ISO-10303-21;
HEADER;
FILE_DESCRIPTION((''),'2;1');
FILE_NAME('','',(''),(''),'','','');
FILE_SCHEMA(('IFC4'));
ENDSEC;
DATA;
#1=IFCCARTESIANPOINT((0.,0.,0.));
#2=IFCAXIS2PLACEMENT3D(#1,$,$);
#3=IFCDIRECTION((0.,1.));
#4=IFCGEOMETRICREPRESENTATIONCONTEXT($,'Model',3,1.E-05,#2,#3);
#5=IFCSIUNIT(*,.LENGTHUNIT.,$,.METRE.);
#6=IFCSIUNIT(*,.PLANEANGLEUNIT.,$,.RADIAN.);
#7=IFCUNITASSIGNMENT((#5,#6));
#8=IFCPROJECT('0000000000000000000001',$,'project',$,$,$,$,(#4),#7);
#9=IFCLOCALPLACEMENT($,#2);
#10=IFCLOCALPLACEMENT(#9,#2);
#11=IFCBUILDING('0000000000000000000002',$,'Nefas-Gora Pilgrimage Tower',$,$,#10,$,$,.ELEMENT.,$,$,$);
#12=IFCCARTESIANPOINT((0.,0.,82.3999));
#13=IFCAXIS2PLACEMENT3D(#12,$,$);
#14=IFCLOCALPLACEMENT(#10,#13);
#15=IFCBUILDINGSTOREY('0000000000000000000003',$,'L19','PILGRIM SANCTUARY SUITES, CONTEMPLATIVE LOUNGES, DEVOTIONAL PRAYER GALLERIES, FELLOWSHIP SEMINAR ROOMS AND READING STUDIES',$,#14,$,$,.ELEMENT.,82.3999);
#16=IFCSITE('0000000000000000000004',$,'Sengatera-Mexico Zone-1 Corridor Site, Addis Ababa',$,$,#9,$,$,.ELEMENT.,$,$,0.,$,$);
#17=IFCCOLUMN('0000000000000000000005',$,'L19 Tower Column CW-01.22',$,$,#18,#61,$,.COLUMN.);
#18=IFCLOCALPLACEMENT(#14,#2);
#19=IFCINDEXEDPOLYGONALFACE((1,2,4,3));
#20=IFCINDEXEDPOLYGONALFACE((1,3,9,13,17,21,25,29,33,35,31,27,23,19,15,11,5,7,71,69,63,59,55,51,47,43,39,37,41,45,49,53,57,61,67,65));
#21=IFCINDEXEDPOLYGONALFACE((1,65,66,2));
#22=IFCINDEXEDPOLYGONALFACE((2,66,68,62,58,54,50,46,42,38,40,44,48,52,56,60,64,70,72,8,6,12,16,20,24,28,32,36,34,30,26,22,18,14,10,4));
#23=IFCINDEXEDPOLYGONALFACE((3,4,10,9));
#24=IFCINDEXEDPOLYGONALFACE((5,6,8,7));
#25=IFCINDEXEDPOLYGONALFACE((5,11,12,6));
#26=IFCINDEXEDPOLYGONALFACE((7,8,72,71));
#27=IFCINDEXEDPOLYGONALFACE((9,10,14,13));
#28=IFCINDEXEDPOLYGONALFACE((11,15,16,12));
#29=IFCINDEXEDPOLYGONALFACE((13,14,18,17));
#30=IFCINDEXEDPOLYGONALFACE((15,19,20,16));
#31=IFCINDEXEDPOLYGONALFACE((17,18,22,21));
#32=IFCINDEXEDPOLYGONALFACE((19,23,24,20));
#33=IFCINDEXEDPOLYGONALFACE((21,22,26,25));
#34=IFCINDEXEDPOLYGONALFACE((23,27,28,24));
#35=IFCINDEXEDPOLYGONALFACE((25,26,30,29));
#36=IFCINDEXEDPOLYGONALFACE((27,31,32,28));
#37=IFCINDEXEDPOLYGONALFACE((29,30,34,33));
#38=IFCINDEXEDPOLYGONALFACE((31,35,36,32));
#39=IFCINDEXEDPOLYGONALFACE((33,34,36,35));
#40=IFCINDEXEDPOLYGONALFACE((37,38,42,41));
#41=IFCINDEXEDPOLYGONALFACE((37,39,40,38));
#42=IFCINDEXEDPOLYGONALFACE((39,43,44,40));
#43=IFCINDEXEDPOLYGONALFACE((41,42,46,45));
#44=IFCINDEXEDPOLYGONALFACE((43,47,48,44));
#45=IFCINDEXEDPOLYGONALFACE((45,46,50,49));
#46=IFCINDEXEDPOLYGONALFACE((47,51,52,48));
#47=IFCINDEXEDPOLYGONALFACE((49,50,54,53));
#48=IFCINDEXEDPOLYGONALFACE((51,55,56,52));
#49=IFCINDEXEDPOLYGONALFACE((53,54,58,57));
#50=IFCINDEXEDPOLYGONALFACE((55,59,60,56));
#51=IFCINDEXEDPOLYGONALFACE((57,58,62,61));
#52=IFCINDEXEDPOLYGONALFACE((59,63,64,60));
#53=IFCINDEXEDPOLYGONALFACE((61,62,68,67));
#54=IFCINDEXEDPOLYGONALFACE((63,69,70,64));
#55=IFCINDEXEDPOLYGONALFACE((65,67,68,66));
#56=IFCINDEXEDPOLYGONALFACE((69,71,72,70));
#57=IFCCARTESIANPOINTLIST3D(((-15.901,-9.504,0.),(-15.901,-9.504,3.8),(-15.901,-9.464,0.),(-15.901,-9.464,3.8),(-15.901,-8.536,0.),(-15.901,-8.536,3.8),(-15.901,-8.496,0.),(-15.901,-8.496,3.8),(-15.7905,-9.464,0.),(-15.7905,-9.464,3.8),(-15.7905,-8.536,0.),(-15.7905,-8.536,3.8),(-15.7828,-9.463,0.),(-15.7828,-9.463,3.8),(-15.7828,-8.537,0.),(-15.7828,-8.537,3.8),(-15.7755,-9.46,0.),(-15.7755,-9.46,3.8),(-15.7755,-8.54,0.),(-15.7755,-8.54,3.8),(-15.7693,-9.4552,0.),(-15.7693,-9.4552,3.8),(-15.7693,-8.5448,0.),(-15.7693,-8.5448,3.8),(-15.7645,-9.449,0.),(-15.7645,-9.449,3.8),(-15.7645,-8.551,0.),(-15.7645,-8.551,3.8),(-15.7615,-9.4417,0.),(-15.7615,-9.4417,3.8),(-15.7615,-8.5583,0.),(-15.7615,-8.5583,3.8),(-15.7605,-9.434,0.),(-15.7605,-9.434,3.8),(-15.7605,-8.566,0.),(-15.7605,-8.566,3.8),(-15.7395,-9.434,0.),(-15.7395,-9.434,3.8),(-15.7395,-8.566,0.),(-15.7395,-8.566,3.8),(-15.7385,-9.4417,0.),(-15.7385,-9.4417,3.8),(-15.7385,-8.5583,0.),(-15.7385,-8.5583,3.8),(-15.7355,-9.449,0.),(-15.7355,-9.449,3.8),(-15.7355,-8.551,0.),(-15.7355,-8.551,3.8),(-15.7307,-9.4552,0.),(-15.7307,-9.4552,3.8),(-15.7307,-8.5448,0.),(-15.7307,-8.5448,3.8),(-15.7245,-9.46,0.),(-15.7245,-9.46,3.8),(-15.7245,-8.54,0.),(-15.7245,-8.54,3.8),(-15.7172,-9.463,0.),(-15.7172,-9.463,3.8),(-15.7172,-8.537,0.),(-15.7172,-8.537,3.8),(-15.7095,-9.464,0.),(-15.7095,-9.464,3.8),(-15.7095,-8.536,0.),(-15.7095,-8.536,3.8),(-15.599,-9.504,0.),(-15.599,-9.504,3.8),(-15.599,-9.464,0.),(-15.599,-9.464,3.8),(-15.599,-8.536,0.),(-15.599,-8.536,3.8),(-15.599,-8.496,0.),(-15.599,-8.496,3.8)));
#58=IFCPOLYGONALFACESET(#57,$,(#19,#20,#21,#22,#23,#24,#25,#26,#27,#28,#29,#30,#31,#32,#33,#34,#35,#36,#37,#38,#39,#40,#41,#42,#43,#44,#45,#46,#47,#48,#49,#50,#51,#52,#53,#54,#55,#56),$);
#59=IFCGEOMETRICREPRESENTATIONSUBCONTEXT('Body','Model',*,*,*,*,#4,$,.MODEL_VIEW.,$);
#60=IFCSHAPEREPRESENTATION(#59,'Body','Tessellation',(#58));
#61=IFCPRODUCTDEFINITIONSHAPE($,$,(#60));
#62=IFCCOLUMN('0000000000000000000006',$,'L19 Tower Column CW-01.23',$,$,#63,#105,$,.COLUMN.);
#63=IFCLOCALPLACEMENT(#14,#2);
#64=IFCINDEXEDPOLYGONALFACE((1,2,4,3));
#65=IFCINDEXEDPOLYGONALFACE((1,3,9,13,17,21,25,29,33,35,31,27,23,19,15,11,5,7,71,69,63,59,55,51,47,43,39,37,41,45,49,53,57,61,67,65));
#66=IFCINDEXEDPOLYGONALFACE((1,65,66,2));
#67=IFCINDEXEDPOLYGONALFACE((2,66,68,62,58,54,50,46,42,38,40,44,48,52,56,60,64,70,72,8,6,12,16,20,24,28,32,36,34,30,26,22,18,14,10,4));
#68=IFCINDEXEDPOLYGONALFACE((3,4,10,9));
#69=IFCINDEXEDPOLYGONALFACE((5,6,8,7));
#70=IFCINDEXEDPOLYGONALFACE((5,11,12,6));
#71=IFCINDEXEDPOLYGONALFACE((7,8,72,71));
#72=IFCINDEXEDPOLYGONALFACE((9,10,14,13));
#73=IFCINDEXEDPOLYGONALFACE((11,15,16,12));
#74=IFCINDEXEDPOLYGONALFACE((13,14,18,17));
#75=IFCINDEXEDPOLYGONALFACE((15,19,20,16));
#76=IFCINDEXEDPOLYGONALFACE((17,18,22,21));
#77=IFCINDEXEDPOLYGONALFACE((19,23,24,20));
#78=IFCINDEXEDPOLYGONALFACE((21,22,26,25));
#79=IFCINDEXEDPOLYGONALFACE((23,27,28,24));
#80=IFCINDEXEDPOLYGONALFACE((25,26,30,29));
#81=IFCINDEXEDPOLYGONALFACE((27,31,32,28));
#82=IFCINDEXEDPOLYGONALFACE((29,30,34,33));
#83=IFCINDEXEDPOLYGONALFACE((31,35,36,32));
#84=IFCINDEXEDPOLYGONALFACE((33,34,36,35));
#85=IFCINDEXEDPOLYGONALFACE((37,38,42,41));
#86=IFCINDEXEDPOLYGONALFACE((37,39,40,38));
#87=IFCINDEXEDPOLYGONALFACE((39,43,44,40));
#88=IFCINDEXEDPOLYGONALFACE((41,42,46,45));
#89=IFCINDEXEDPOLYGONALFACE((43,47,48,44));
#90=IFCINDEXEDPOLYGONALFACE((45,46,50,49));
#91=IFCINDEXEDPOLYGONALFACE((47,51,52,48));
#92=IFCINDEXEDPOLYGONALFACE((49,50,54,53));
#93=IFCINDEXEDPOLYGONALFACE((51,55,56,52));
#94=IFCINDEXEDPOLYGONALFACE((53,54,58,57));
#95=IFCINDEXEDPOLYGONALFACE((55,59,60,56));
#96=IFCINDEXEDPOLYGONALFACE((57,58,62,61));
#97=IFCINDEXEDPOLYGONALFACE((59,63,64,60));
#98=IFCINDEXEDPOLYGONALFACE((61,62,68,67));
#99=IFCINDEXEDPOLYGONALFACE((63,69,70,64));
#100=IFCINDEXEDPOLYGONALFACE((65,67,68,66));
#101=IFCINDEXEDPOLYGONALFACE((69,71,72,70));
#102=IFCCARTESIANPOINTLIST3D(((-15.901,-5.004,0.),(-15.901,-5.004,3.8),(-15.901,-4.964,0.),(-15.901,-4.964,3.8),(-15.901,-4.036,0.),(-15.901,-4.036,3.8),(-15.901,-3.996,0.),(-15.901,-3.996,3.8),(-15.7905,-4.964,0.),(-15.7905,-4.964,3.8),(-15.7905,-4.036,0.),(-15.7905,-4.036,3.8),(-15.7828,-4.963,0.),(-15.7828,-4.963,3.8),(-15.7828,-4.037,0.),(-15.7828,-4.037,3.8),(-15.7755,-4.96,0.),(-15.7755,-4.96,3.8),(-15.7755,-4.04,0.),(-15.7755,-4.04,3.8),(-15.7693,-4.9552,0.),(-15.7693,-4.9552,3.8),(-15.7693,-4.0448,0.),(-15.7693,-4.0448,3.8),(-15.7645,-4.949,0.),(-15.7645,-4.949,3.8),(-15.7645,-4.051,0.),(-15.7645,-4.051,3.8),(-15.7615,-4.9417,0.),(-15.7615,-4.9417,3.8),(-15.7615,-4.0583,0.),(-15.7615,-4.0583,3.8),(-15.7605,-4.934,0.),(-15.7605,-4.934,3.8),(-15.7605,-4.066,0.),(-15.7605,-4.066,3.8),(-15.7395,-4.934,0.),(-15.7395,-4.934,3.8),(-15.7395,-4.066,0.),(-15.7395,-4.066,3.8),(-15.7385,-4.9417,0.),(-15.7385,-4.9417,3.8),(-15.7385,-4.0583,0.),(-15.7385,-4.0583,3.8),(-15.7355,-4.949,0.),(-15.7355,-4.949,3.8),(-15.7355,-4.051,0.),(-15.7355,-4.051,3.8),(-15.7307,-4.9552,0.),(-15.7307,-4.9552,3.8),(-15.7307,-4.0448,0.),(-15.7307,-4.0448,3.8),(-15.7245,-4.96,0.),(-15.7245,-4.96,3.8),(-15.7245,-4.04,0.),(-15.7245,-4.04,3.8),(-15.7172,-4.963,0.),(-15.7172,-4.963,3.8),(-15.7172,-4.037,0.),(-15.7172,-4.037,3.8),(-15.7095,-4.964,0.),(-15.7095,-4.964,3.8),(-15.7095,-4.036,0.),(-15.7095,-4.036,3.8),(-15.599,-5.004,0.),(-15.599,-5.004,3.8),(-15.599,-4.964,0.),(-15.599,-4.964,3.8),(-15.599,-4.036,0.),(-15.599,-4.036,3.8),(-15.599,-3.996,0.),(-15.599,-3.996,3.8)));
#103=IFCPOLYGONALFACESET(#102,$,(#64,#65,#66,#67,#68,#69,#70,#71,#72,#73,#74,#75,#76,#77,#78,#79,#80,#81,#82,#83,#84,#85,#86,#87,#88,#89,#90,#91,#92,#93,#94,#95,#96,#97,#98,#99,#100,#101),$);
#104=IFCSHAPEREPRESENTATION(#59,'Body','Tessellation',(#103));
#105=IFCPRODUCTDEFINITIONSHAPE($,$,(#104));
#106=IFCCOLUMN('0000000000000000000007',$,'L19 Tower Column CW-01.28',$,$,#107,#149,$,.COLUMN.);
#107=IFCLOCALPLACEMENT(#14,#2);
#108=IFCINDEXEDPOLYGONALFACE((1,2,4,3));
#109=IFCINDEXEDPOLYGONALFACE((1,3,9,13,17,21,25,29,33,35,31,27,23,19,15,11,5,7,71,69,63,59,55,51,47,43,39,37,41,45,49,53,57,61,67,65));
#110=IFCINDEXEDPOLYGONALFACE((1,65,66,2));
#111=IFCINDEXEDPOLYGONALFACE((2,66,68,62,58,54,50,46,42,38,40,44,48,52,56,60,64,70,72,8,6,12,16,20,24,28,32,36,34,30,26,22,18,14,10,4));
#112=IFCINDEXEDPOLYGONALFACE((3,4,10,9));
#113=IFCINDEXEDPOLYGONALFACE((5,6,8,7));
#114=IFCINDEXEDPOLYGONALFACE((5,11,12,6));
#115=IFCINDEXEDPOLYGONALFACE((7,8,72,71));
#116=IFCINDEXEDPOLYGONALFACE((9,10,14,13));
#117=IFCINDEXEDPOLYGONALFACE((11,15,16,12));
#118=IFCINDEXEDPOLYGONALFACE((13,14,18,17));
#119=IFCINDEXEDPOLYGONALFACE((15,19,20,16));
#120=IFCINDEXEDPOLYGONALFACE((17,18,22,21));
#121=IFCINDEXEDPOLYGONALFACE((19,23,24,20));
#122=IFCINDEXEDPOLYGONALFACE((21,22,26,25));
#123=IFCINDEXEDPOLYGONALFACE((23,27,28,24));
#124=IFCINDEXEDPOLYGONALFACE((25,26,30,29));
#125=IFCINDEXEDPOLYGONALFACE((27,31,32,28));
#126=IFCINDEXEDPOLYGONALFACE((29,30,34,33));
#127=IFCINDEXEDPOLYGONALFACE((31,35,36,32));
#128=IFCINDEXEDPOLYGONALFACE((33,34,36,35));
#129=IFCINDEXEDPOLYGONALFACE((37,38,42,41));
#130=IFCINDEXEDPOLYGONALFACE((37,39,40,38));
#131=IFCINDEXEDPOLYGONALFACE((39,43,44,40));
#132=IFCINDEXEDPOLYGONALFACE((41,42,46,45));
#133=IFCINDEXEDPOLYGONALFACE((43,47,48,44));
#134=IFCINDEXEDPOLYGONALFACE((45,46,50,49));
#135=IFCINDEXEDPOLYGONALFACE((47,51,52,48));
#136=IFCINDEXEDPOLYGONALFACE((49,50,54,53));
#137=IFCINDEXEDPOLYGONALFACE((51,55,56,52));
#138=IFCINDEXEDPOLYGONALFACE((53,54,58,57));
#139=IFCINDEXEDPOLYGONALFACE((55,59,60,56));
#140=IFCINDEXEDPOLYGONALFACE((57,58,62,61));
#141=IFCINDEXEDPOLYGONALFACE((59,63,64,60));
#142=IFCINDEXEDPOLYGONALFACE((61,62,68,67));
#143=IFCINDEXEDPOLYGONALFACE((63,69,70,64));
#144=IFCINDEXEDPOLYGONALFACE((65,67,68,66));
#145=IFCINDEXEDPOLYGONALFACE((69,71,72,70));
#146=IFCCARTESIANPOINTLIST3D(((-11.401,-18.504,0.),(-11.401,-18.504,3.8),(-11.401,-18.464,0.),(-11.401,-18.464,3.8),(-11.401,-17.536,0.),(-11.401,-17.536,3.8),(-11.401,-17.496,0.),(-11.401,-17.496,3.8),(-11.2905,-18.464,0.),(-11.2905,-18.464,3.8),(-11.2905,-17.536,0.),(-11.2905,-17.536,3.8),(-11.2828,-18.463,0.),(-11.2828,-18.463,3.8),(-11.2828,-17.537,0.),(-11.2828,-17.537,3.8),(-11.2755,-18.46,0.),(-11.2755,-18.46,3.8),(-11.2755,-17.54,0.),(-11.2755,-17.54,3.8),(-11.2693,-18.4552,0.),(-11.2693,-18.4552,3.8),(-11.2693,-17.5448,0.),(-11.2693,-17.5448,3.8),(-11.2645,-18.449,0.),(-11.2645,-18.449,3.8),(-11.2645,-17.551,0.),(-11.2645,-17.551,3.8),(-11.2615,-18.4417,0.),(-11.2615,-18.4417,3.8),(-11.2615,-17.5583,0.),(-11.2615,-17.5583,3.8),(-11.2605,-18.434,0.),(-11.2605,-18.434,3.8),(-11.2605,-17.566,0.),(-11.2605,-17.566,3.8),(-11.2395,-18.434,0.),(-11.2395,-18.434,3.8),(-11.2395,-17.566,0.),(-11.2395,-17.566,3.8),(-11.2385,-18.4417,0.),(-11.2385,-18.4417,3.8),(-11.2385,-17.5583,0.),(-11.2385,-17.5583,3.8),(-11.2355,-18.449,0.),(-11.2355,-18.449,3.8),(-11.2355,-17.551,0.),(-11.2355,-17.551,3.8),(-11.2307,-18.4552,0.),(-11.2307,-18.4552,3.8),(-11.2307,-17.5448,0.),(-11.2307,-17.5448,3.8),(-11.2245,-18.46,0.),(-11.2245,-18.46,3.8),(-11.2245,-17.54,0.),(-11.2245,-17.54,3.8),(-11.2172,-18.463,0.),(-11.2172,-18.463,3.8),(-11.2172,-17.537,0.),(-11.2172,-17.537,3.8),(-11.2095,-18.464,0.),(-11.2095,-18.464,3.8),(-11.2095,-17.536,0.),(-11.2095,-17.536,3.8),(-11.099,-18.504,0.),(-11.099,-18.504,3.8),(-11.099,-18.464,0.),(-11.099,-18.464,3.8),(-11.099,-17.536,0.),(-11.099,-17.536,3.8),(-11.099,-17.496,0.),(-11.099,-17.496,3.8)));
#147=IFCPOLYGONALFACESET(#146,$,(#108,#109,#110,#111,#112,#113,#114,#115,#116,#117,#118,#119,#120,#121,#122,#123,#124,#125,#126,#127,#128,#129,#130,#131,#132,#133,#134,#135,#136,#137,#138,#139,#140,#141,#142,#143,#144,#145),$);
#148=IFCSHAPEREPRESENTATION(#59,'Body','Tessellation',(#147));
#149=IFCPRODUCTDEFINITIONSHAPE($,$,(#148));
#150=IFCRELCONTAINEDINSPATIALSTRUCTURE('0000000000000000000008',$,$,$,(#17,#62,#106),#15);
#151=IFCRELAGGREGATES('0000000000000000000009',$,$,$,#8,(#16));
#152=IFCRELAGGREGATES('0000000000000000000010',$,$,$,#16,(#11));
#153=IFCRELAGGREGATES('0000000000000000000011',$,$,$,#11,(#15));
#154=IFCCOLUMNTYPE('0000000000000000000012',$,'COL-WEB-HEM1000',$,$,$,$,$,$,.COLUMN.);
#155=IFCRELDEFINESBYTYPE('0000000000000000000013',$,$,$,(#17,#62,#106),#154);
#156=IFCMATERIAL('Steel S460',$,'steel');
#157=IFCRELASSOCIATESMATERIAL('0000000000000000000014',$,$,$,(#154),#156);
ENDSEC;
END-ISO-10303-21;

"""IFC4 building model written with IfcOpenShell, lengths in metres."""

from ifc_helpers import new_model, si_unit, direction, frame, origin, origin_2d, place, context, subcontext, project, spatial, i_section, extrude, source, transform, mapped, material, material_profile, profile_set, type_object, element, save


model = new_model("IFC4")

# Units and contexts
model_context = context("Model", 3, precision=1e-05, world=origin(), true_north=direction((0.0, 1.0)))
body_context = subcontext(model_context, "Body", "Model", "MODEL_VIEW")
ifc_project = project(units=[si_unit("LENGTHUNIT", "METRE"), si_unit("PLANEANGLEUNIT", "RADIAN")], contexts=[model_context])

# Site, building, storey
site_placement = place(None, origin())
site = spatial("IfcSite", under=ifc_project, at=site_placement, Name="Sengatera-Mexico Zone-1 Corridor Site, Addis Ababa", CompositionType="ELEMENT", RefElevation=0.0)
building_placement = place(site_placement, origin())
building = spatial("IfcBuilding", under=site, at=building_placement, Name="Nefas-Gora Pilgrimage Tower", CompositionType="ELEMENT")
storey_placement = place(building_placement, frame((0.0, 0.0, 82.3999)))
storey = spatial("IfcBuildingStorey", under=building, at=storey_placement, Name="L19", Description="PILGRIM SANCTUARY SUITES, CONTEMPLATIVE LOUNGES, DEVOTIONAL PRAYER GALLERIES, FELLOWSHIP SEMINAR ROOMS AND READING STUDIES", CompositionType="ELEMENT", Elevation=82.3999)

# Columns
ifc_material_1 = material(Name="Steel S460", Category="steel")
ifc_material_profile_1 = material_profile(ifc_material_1, i_section(OverallWidth=0.302, OverallDepth=1.0081, WebThickness=0.021, FlangeThickness=0.04, FilletRadius=0.03, at=origin_2d()), Name="HEM 1000")
ifc_profile_set_1 = profile_set([ifc_material_profile_1], Name="Steel S460")
column_type_1 = type_object("IfcColumnType", Name="COL-WEB-HEM1000", PredefinedType="COLUMN", material=ifc_profile_set_1)
shared_shape_1 = source(origin(), body_context, "Body", "SweptSolid", [
    extrude(i_section(OverallWidth=0.302, OverallDepth=1.0081, WebThickness=0.021, FlangeThickness=0.04, FilletRadius=0.03, at=origin_2d()), origin(), (0.0, 0.0, 1.0), 3.8),
])
for number, where, z_axis, x_axis, name in (
    (1, (-15.75, -9.0, 0.0), (0.0, 0.0, 1.0), (1.0, 0.0, 0.0), "L19 Tower Column CW-01.22"),
    (2, (-15.75, -4.5, 0.0), (0.0, 0.0, 1.0), (1.0, 0.0, 0.0), "L19 Tower Column CW-01.23"),
    (3, (-11.25, -18.0, 0.0), (0.0, 0.0, 1.0), (1.0, 0.0, 0.0), "L19 Tower Column CW-01.28"),
):
    element("IfcColumn", number, at=place(storey_placement, frame(where, z_axis=z_axis, x_axis=x_axis)), inside=storey, type_object=column_type_1, Name=name, PredefinedType="COLUMN", context=body_context, shape_type="MappedRepresentation", body=[
        mapped(shared_shape_1, transform((0.0, 0.0, 0.0), x_axis=(1.0, 0.0, 0.0), y_axis=(0.0, 1.0, 0.0), z_axis=(0.0, 0.0, 1.0), scale=1.0)),
    ])

save(model, "model.ifc")
